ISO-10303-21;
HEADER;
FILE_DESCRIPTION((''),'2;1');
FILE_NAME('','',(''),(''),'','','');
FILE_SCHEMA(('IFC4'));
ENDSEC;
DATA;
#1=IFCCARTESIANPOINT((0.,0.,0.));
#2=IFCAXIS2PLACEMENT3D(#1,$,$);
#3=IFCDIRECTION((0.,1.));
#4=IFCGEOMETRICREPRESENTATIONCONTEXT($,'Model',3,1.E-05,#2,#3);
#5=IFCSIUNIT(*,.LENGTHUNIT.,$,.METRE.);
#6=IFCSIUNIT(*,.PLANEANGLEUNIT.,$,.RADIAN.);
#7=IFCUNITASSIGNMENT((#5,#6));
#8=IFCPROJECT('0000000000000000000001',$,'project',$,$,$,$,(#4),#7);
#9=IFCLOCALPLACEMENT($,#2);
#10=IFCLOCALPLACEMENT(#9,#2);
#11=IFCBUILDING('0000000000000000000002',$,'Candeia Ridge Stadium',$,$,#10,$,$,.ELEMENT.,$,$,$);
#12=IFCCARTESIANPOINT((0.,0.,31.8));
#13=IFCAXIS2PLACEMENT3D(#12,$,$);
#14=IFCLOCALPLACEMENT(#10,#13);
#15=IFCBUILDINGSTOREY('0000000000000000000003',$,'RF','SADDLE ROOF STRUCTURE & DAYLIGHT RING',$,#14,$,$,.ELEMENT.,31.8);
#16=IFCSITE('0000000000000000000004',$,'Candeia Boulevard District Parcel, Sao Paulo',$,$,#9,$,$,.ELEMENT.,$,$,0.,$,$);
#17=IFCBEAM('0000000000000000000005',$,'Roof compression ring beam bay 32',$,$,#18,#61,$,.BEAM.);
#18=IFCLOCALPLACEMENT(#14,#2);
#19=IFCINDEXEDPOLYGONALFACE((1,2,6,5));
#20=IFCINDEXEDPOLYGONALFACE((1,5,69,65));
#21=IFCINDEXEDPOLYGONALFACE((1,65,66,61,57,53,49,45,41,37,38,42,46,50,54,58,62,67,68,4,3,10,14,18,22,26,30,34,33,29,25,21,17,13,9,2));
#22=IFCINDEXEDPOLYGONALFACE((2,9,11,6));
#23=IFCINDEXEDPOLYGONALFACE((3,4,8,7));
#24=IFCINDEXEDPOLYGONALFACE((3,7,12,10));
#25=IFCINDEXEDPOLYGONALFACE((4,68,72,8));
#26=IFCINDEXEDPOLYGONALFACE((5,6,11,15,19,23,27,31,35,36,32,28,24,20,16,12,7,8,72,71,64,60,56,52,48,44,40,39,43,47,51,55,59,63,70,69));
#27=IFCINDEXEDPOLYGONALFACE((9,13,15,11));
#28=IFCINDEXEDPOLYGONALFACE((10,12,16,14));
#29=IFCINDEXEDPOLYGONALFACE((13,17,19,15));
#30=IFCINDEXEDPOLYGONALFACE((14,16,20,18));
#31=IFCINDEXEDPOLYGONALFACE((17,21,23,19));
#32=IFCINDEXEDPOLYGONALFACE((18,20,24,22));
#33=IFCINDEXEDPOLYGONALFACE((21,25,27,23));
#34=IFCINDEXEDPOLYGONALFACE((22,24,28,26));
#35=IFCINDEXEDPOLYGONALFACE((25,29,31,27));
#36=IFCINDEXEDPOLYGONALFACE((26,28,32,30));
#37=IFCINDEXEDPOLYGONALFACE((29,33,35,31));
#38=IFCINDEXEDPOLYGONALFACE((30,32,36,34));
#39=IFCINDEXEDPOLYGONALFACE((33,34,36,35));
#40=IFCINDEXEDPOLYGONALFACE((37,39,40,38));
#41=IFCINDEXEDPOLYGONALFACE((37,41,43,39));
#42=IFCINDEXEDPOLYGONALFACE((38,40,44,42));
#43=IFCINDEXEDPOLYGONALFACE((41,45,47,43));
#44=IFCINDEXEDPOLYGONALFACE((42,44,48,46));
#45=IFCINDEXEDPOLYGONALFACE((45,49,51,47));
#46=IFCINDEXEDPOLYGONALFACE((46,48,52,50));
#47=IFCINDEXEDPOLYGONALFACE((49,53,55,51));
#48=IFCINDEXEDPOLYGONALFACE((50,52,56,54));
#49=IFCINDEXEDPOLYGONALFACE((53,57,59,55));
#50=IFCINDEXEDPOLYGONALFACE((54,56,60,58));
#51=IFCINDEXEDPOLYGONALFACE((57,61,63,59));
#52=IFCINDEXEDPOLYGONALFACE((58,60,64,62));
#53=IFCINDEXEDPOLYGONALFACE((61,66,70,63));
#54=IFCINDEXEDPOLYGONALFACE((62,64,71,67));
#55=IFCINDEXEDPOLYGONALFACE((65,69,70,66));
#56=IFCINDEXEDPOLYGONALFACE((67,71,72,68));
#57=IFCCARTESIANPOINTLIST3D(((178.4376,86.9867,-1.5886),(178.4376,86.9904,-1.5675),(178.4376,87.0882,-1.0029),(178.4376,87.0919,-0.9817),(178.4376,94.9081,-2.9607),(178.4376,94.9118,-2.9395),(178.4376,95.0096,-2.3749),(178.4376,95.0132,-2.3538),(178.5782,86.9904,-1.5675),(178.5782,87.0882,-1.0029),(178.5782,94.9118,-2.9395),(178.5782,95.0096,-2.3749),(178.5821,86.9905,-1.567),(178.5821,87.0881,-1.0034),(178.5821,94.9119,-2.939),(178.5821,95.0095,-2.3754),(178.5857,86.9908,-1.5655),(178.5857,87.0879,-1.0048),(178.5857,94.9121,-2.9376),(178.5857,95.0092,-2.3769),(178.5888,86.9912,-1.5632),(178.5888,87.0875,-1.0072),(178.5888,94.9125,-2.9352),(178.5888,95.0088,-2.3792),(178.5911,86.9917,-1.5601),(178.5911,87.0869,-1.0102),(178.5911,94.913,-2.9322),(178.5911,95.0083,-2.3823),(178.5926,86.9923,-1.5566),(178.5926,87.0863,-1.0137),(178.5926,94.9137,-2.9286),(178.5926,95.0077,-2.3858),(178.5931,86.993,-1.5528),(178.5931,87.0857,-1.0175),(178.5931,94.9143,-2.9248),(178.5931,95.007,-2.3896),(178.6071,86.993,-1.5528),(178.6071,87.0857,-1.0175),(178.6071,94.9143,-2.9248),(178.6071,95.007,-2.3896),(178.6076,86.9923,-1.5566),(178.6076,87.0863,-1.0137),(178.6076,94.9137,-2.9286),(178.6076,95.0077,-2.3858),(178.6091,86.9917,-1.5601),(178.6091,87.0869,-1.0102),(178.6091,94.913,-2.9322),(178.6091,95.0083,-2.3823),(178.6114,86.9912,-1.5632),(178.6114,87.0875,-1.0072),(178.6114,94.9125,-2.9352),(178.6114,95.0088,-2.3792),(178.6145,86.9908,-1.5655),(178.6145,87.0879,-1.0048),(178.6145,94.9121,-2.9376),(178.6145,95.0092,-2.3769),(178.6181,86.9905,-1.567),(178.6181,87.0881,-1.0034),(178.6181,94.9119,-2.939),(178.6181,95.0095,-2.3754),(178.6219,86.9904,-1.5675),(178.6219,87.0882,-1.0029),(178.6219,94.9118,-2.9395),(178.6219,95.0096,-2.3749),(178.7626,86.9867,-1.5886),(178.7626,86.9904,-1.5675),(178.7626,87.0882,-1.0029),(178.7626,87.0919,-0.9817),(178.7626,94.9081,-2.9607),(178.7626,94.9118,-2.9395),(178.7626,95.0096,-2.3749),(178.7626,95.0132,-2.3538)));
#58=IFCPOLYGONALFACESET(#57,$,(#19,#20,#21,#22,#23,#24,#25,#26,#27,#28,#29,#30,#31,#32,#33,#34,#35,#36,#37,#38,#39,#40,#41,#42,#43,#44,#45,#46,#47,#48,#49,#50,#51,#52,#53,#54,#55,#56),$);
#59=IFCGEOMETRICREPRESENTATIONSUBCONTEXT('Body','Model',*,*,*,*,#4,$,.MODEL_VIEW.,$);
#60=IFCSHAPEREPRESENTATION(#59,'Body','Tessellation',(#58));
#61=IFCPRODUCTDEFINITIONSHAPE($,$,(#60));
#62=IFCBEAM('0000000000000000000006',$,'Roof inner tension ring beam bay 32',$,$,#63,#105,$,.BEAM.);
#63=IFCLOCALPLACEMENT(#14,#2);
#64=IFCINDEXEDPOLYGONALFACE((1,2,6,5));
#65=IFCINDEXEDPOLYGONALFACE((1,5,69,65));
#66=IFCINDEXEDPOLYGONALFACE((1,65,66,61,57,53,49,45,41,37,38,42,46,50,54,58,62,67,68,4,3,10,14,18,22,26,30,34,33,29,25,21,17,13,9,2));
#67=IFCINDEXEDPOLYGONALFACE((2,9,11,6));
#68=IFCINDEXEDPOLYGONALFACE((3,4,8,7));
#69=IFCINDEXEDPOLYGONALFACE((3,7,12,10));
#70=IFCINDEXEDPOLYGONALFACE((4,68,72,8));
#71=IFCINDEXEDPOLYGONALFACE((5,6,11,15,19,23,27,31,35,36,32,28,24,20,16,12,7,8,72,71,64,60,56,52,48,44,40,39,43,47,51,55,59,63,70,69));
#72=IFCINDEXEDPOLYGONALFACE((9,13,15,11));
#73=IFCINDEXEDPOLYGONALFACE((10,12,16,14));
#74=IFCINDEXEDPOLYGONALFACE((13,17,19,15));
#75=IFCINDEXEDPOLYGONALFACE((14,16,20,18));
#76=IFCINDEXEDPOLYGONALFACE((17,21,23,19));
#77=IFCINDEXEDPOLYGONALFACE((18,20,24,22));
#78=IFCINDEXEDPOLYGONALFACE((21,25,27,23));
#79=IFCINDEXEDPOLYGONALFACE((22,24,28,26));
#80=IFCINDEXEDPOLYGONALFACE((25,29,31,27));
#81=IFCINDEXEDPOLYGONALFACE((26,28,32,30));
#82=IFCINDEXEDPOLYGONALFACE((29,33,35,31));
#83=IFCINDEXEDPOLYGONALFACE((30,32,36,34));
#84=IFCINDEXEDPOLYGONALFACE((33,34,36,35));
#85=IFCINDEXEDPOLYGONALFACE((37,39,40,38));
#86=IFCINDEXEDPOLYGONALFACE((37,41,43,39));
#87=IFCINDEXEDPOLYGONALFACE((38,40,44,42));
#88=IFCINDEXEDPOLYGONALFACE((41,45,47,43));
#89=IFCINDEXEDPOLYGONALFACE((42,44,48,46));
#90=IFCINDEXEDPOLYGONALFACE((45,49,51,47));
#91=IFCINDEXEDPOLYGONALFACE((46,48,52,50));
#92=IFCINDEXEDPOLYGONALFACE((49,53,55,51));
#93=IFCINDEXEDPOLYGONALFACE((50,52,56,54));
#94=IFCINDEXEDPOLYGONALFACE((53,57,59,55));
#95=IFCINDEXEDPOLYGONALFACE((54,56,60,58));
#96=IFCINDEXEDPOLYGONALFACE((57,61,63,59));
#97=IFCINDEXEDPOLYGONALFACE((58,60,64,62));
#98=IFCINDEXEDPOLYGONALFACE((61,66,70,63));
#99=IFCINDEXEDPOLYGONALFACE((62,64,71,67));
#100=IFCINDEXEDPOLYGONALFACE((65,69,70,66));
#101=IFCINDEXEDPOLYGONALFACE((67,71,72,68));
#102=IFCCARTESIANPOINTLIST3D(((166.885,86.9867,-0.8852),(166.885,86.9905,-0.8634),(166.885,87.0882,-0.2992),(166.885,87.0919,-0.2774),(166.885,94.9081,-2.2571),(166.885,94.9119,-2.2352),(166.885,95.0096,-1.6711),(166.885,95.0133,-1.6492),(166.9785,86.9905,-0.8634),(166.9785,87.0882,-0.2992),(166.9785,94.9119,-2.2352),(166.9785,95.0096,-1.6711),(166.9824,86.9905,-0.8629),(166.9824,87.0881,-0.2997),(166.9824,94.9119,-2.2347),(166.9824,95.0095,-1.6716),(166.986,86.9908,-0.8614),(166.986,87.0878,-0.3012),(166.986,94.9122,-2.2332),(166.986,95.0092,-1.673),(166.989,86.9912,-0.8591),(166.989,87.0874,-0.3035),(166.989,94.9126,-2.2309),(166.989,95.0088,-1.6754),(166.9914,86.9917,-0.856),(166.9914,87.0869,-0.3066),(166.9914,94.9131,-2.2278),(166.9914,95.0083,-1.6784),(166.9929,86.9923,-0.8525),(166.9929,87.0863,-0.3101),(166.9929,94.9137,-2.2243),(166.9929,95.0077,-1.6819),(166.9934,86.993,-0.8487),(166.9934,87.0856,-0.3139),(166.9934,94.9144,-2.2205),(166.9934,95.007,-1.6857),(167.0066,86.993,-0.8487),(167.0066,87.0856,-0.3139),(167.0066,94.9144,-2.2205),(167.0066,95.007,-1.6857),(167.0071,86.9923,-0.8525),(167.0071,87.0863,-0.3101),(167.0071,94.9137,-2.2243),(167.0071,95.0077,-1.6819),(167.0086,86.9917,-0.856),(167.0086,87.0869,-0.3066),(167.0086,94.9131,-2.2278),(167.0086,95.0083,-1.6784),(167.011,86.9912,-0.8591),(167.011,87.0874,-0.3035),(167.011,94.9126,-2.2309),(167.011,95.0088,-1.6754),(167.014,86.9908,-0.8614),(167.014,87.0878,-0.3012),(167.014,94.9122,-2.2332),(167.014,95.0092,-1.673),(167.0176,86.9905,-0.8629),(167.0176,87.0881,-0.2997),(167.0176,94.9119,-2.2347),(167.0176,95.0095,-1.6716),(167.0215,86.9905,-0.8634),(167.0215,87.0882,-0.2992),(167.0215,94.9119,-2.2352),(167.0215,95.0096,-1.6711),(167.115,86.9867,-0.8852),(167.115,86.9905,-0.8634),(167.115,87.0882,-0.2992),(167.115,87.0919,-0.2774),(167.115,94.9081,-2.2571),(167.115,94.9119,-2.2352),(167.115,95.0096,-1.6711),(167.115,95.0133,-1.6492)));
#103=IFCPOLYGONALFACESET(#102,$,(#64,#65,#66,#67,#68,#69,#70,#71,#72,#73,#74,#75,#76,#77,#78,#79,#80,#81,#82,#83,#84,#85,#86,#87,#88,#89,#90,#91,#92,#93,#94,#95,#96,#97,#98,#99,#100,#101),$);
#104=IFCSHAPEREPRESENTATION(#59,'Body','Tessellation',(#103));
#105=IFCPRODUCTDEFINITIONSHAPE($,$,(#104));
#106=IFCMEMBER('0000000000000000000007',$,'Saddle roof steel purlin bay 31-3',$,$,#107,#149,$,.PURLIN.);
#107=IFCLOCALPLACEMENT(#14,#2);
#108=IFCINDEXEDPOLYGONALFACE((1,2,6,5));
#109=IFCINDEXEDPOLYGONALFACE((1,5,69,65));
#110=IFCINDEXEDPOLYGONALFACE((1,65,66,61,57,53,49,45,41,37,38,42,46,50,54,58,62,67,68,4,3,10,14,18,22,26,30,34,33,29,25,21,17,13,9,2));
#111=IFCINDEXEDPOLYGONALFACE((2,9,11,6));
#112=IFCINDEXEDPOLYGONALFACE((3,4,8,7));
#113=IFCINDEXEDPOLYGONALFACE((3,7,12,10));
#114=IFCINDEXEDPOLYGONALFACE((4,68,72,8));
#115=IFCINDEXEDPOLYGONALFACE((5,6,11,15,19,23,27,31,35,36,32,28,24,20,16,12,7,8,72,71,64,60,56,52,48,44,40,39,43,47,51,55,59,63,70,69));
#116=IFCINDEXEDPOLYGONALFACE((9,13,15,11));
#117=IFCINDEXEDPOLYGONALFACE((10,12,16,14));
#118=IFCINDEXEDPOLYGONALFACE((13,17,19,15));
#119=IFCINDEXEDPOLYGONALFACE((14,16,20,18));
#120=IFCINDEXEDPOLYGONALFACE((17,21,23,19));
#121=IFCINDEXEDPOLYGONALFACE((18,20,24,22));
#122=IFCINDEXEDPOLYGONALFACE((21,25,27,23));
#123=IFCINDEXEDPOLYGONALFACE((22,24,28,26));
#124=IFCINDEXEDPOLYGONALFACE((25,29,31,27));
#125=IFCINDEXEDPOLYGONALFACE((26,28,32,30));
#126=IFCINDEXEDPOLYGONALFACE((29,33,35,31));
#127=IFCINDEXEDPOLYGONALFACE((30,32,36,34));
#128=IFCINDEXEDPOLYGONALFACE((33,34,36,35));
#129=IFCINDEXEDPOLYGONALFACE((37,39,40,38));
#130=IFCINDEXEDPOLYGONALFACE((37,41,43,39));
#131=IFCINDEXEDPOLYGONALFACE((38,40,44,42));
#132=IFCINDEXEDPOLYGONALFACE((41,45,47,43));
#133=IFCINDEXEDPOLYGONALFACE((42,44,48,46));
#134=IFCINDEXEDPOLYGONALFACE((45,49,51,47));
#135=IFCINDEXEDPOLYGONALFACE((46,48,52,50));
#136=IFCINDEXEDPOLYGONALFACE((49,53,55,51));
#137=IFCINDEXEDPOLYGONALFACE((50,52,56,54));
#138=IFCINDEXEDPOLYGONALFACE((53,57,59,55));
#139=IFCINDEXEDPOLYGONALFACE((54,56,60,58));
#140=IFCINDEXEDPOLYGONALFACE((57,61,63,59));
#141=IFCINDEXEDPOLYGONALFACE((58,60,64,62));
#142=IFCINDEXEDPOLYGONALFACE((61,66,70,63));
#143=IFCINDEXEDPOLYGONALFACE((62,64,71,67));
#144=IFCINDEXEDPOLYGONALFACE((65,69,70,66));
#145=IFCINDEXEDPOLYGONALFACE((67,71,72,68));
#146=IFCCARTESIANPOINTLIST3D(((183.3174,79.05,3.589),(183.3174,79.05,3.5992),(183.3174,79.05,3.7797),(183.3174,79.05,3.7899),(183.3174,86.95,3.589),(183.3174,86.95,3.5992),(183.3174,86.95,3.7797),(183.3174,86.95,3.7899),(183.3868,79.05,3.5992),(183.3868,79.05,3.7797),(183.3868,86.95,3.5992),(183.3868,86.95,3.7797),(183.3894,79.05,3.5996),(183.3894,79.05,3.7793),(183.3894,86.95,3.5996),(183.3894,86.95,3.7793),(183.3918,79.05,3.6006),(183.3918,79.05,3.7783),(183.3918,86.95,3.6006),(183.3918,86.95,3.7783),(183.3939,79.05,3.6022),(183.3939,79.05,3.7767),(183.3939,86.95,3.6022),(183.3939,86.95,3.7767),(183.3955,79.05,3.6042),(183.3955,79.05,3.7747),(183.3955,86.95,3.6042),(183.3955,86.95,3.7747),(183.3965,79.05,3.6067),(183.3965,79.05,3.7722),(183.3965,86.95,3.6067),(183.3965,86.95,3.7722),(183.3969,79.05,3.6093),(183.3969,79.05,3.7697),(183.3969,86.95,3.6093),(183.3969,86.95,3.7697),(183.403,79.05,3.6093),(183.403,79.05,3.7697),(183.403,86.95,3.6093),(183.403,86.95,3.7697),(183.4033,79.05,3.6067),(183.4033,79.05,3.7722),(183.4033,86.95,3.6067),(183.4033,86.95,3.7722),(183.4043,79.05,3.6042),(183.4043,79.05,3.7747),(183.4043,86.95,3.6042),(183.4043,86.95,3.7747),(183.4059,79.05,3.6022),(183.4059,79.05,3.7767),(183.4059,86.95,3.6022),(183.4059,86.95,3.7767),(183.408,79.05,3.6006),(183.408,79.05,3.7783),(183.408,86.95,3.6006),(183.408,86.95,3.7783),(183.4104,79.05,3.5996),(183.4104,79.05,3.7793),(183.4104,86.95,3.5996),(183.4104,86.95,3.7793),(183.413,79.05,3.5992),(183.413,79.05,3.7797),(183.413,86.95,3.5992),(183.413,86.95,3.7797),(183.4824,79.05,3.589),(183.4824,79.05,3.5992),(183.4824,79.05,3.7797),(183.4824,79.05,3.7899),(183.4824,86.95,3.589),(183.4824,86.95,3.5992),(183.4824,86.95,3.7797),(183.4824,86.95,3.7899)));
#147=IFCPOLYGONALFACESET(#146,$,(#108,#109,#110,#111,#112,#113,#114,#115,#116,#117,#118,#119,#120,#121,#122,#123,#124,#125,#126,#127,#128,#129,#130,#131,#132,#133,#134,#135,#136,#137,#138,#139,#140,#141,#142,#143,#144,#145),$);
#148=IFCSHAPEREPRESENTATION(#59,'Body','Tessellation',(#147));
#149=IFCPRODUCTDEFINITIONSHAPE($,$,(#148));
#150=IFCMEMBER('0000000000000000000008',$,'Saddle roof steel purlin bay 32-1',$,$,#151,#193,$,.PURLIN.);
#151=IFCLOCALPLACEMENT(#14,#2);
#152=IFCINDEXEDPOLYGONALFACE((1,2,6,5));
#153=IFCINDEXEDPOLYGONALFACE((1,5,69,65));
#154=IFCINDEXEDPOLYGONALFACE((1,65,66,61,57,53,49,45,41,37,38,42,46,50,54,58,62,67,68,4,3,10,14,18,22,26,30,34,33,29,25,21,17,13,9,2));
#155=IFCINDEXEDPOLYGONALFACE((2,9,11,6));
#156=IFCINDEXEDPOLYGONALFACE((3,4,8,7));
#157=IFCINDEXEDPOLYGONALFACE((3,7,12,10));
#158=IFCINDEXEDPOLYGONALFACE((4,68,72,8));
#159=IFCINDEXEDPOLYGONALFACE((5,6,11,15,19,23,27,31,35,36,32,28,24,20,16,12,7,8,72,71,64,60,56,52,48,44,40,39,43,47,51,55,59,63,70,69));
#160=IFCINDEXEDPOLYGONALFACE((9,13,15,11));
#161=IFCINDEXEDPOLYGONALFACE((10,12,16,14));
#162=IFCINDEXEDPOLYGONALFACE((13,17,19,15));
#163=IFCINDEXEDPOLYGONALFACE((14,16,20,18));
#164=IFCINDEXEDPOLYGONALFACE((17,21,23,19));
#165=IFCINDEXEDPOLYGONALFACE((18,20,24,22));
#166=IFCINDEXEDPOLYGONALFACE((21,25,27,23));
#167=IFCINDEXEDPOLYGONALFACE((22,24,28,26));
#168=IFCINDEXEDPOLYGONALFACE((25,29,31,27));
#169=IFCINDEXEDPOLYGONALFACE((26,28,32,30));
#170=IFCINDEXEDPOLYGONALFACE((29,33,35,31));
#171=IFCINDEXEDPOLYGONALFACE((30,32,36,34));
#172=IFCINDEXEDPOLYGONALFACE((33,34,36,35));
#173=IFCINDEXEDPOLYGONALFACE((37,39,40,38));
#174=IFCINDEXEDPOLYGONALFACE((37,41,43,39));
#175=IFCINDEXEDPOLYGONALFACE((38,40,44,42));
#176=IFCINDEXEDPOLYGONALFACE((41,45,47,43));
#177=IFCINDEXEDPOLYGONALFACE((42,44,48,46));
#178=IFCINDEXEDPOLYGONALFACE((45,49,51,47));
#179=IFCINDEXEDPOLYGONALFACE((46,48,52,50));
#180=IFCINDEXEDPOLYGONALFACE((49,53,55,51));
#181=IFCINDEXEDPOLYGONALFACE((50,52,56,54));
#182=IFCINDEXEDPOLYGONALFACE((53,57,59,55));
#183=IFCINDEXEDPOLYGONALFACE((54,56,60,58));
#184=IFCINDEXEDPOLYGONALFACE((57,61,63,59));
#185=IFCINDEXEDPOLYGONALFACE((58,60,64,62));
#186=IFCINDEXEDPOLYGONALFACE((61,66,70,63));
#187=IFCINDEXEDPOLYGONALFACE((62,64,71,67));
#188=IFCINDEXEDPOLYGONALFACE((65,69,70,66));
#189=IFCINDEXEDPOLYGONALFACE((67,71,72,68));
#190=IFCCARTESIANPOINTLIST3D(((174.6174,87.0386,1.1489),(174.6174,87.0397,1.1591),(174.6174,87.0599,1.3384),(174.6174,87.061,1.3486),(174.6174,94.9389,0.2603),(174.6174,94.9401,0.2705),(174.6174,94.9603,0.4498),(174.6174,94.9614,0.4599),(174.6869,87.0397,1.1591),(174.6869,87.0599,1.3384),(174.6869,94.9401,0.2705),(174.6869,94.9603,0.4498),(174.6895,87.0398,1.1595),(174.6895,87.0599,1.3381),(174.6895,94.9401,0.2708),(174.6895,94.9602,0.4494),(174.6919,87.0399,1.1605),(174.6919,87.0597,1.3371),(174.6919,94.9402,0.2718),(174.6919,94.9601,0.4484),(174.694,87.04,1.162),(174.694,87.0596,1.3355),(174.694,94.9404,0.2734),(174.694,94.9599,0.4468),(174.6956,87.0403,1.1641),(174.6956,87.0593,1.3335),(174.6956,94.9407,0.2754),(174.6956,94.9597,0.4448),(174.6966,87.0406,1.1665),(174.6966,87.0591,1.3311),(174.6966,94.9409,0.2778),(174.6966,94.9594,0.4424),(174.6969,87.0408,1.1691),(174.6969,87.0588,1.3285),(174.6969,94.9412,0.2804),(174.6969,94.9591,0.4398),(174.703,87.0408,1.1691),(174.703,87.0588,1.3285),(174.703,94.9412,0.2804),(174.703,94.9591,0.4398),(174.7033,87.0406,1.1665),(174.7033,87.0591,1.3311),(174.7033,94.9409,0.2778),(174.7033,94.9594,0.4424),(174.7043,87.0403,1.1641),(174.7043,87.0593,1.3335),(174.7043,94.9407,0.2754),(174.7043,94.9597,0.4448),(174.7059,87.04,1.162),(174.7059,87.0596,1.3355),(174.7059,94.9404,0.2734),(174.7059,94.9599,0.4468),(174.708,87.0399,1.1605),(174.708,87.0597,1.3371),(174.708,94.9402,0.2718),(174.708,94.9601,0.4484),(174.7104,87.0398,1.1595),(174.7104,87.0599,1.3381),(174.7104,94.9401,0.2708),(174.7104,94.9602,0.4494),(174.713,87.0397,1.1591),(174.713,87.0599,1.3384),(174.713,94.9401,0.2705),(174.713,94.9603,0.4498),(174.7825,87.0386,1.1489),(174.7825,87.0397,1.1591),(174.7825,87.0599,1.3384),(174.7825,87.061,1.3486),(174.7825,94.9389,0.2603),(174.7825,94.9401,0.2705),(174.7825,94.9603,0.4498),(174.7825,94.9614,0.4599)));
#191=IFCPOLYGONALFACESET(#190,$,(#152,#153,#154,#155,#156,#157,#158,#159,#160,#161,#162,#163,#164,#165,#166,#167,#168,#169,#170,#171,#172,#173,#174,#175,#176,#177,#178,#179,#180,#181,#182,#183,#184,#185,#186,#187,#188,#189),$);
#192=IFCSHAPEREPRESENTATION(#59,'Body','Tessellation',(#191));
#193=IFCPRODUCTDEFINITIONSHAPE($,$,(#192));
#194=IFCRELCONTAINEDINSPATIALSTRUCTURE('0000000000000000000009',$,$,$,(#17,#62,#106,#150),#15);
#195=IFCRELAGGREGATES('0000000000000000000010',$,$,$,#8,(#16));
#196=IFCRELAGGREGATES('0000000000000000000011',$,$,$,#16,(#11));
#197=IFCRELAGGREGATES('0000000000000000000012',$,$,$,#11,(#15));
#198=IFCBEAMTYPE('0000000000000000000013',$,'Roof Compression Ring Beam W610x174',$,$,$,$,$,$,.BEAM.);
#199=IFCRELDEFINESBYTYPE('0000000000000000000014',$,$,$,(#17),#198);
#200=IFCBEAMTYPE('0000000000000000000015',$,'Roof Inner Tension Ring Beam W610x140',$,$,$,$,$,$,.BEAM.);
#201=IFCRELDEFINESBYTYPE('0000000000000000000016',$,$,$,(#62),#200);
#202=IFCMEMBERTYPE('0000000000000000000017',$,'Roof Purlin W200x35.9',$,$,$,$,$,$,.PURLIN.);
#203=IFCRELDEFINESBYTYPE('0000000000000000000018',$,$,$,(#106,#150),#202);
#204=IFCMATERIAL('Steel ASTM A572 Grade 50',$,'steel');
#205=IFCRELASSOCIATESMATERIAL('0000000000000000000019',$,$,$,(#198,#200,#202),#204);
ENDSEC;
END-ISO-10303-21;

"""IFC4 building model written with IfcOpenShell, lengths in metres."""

from ifc_helpers import new_model, si_unit, direction, frame, origin, origin_2d, place, context, subcontext, project, spatial, i_section, extrude, material, material_profile, profile_set, type_object, element, save


model = new_model("IFC4")

# Units and contexts
model_context = context("Model", 3, precision=1e-05, world=origin(), true_north=direction((0.0, 1.0)))
body_context = subcontext(model_context, "Body", "Model", "MODEL_VIEW")
ifc_project = project(units=[si_unit("LENGTHUNIT", "METRE"), si_unit("PLANEANGLEUNIT", "RADIAN")], contexts=[model_context])

# Site, building, storey
site_placement = place(None, origin())
site = spatial("IfcSite", under=ifc_project, at=site_placement, Name="Candeia Boulevard District Parcel, Sao Paulo", CompositionType="ELEMENT", RefElevation=0.0)
building_placement = place(site_placement, origin())
building = spatial("IfcBuilding", under=site, at=building_placement, Name="Candeia Ridge Stadium", CompositionType="ELEMENT")
storey_placement = place(building_placement, frame((0.0, 0.0, 31.8)))
storey = spatial("IfcBuildingStorey", under=building, at=storey_placement, Name="RF", Description="SADDLE ROOF STRUCTURE & DAYLIGHT RING", CompositionType="ELEMENT", Elevation=31.8)

# Beams
ifc_material_1 = material(Name="Steel ASTM A572 Grade 50", Category="steel")
ifc_material_profile_1 = material_profile(ifc_material_1, i_section(OverallWidth=0.325, OverallDepth=0.616, WebThickness=0.0139, FlangeThickness=0.0215, FilletRadius=0.0149, at=origin_2d()), Name="W610x174", Category="steel")
ifc_profile_set_1 = profile_set([ifc_material_profile_1], Name="Steel ASTM A572 Grade 50")
beam_type_1 = type_object("IfcBeamType", Name="Roof Compression Ring Beam W610x174", PredefinedType="BEAM", material=ifc_profile_set_1)
beam_1_placement = place(storey_placement, frame((178.6001, 87.0393, -1.2852), z_axis=(0.0, 0.985328, -0.17067), x_axis=(-1.0, 0.0, 0.0)))
element("IfcBeam", 1, at=beam_1_placement, inside=storey, type_object=beam_type_1, Name="Roof compression ring beam bay 32", PredefinedType="BEAM", context=body_context, shape_type="SweptSolid", body=[
    extrude(i_section(OverallWidth=0.325, OverallDepth=0.616, WebThickness=0.0139, FlangeThickness=0.0215, FilletRadius=0.0149, at=origin_2d()), origin(), (0.0, 0.0, 1.0), 8.0393),
])
ifc_material_profile_2 = material_profile(ifc_material_1, i_section(OverallWidth=0.23, OverallDepth=0.6169, WebThickness=0.0132, FlangeThickness=0.0222, FilletRadius=0.0149, at=origin_2d()), Name="W610x140", Category="steel")
ifc_profile_set_2 = profile_set([ifc_material_profile_2], Name="Steel ASTM A572 Grade 50")
beam_type_2 = type_object("IfcBeamType", Name="Roof Inner Tension Ring Beam W610x140", PredefinedType="BEAM", material=ifc_profile_set_2)
beam_2_placement = place(storey_placement, frame((167.0, 87.0393, -0.5813), z_axis=(0.0, 0.985333, -0.17064), x_axis=(-1.0, 0.0, 0.0)))
element("IfcBeam", 2, at=beam_2_placement, inside=storey, type_object=beam_type_2, Name="Roof inner tension ring beam bay 32", PredefinedType="BEAM", context=body_context, shape_type="SweptSolid", body=[
    extrude(i_section(OverallWidth=0.23, OverallDepth=0.6169, WebThickness=0.0132, FlangeThickness=0.0222, FilletRadius=0.0149, at=origin_2d()), origin(), (0.0, 0.0, 1.0), 8.0393),
])

# Members
ifc_material_profile_3 = material_profile(ifc_material_1, i_section(OverallWidth=0.165, OverallDepth=0.2009, WebThickness=0.0061, FlangeThickness=0.0103, FilletRadius=0.01, at=origin_2d()), Name="W200x35.9", Category="steel")
ifc_profile_set_3 = profile_set([ifc_material_profile_3], Name="Steel ASTM A572 Grade 50")
member_type_1 = type_object("IfcMemberType", Name="Roof Purlin W200x35.9", PredefinedType="PURLIN", material=ifc_profile_set_3)
member_1_placement = place(storey_placement, frame((183.3999, 79.05, 3.6895), z_axis=(0.0, 1.0, 0.0), x_axis=(-1.0, 0.0, 0.0)))
element("IfcMember", 3, at=member_1_placement, inside=storey, type_object=member_type_1, Name="Saddle roof steel purlin bay 31-3", PredefinedType="PURLIN", context=body_context, shape_type="SweptSolid", body=[
    extrude(i_section(OverallWidth=0.165, OverallDepth=0.2009, WebThickness=0.0061, FlangeThickness=0.0103, FilletRadius=0.01, at=origin_2d()), origin(), (0.0, 0.0, 1.0), 7.8999),
])
member_2_placement = place(storey_placement, frame((174.7, 87.0498, 1.2488), z_axis=(0.0, 0.993733, -0.11178), x_axis=(-1.0, 0.0, 0.0)))
element("IfcMember", 4, at=member_2_placement, inside=storey, type_object=member_type_1, Name="Saddle roof steel purlin bay 32-1", PredefinedType="PURLIN", context=body_context, shape_type="SweptSolid", body=[
    extrude(i_section(OverallWidth=0.165, OverallDepth=0.2009, WebThickness=0.0061, FlangeThickness=0.0103, FilletRadius=0.01, at=origin_2d()), origin(), (0.0, 0.0, 1.0), 7.9502),
])

save(model, "model.ifc")
